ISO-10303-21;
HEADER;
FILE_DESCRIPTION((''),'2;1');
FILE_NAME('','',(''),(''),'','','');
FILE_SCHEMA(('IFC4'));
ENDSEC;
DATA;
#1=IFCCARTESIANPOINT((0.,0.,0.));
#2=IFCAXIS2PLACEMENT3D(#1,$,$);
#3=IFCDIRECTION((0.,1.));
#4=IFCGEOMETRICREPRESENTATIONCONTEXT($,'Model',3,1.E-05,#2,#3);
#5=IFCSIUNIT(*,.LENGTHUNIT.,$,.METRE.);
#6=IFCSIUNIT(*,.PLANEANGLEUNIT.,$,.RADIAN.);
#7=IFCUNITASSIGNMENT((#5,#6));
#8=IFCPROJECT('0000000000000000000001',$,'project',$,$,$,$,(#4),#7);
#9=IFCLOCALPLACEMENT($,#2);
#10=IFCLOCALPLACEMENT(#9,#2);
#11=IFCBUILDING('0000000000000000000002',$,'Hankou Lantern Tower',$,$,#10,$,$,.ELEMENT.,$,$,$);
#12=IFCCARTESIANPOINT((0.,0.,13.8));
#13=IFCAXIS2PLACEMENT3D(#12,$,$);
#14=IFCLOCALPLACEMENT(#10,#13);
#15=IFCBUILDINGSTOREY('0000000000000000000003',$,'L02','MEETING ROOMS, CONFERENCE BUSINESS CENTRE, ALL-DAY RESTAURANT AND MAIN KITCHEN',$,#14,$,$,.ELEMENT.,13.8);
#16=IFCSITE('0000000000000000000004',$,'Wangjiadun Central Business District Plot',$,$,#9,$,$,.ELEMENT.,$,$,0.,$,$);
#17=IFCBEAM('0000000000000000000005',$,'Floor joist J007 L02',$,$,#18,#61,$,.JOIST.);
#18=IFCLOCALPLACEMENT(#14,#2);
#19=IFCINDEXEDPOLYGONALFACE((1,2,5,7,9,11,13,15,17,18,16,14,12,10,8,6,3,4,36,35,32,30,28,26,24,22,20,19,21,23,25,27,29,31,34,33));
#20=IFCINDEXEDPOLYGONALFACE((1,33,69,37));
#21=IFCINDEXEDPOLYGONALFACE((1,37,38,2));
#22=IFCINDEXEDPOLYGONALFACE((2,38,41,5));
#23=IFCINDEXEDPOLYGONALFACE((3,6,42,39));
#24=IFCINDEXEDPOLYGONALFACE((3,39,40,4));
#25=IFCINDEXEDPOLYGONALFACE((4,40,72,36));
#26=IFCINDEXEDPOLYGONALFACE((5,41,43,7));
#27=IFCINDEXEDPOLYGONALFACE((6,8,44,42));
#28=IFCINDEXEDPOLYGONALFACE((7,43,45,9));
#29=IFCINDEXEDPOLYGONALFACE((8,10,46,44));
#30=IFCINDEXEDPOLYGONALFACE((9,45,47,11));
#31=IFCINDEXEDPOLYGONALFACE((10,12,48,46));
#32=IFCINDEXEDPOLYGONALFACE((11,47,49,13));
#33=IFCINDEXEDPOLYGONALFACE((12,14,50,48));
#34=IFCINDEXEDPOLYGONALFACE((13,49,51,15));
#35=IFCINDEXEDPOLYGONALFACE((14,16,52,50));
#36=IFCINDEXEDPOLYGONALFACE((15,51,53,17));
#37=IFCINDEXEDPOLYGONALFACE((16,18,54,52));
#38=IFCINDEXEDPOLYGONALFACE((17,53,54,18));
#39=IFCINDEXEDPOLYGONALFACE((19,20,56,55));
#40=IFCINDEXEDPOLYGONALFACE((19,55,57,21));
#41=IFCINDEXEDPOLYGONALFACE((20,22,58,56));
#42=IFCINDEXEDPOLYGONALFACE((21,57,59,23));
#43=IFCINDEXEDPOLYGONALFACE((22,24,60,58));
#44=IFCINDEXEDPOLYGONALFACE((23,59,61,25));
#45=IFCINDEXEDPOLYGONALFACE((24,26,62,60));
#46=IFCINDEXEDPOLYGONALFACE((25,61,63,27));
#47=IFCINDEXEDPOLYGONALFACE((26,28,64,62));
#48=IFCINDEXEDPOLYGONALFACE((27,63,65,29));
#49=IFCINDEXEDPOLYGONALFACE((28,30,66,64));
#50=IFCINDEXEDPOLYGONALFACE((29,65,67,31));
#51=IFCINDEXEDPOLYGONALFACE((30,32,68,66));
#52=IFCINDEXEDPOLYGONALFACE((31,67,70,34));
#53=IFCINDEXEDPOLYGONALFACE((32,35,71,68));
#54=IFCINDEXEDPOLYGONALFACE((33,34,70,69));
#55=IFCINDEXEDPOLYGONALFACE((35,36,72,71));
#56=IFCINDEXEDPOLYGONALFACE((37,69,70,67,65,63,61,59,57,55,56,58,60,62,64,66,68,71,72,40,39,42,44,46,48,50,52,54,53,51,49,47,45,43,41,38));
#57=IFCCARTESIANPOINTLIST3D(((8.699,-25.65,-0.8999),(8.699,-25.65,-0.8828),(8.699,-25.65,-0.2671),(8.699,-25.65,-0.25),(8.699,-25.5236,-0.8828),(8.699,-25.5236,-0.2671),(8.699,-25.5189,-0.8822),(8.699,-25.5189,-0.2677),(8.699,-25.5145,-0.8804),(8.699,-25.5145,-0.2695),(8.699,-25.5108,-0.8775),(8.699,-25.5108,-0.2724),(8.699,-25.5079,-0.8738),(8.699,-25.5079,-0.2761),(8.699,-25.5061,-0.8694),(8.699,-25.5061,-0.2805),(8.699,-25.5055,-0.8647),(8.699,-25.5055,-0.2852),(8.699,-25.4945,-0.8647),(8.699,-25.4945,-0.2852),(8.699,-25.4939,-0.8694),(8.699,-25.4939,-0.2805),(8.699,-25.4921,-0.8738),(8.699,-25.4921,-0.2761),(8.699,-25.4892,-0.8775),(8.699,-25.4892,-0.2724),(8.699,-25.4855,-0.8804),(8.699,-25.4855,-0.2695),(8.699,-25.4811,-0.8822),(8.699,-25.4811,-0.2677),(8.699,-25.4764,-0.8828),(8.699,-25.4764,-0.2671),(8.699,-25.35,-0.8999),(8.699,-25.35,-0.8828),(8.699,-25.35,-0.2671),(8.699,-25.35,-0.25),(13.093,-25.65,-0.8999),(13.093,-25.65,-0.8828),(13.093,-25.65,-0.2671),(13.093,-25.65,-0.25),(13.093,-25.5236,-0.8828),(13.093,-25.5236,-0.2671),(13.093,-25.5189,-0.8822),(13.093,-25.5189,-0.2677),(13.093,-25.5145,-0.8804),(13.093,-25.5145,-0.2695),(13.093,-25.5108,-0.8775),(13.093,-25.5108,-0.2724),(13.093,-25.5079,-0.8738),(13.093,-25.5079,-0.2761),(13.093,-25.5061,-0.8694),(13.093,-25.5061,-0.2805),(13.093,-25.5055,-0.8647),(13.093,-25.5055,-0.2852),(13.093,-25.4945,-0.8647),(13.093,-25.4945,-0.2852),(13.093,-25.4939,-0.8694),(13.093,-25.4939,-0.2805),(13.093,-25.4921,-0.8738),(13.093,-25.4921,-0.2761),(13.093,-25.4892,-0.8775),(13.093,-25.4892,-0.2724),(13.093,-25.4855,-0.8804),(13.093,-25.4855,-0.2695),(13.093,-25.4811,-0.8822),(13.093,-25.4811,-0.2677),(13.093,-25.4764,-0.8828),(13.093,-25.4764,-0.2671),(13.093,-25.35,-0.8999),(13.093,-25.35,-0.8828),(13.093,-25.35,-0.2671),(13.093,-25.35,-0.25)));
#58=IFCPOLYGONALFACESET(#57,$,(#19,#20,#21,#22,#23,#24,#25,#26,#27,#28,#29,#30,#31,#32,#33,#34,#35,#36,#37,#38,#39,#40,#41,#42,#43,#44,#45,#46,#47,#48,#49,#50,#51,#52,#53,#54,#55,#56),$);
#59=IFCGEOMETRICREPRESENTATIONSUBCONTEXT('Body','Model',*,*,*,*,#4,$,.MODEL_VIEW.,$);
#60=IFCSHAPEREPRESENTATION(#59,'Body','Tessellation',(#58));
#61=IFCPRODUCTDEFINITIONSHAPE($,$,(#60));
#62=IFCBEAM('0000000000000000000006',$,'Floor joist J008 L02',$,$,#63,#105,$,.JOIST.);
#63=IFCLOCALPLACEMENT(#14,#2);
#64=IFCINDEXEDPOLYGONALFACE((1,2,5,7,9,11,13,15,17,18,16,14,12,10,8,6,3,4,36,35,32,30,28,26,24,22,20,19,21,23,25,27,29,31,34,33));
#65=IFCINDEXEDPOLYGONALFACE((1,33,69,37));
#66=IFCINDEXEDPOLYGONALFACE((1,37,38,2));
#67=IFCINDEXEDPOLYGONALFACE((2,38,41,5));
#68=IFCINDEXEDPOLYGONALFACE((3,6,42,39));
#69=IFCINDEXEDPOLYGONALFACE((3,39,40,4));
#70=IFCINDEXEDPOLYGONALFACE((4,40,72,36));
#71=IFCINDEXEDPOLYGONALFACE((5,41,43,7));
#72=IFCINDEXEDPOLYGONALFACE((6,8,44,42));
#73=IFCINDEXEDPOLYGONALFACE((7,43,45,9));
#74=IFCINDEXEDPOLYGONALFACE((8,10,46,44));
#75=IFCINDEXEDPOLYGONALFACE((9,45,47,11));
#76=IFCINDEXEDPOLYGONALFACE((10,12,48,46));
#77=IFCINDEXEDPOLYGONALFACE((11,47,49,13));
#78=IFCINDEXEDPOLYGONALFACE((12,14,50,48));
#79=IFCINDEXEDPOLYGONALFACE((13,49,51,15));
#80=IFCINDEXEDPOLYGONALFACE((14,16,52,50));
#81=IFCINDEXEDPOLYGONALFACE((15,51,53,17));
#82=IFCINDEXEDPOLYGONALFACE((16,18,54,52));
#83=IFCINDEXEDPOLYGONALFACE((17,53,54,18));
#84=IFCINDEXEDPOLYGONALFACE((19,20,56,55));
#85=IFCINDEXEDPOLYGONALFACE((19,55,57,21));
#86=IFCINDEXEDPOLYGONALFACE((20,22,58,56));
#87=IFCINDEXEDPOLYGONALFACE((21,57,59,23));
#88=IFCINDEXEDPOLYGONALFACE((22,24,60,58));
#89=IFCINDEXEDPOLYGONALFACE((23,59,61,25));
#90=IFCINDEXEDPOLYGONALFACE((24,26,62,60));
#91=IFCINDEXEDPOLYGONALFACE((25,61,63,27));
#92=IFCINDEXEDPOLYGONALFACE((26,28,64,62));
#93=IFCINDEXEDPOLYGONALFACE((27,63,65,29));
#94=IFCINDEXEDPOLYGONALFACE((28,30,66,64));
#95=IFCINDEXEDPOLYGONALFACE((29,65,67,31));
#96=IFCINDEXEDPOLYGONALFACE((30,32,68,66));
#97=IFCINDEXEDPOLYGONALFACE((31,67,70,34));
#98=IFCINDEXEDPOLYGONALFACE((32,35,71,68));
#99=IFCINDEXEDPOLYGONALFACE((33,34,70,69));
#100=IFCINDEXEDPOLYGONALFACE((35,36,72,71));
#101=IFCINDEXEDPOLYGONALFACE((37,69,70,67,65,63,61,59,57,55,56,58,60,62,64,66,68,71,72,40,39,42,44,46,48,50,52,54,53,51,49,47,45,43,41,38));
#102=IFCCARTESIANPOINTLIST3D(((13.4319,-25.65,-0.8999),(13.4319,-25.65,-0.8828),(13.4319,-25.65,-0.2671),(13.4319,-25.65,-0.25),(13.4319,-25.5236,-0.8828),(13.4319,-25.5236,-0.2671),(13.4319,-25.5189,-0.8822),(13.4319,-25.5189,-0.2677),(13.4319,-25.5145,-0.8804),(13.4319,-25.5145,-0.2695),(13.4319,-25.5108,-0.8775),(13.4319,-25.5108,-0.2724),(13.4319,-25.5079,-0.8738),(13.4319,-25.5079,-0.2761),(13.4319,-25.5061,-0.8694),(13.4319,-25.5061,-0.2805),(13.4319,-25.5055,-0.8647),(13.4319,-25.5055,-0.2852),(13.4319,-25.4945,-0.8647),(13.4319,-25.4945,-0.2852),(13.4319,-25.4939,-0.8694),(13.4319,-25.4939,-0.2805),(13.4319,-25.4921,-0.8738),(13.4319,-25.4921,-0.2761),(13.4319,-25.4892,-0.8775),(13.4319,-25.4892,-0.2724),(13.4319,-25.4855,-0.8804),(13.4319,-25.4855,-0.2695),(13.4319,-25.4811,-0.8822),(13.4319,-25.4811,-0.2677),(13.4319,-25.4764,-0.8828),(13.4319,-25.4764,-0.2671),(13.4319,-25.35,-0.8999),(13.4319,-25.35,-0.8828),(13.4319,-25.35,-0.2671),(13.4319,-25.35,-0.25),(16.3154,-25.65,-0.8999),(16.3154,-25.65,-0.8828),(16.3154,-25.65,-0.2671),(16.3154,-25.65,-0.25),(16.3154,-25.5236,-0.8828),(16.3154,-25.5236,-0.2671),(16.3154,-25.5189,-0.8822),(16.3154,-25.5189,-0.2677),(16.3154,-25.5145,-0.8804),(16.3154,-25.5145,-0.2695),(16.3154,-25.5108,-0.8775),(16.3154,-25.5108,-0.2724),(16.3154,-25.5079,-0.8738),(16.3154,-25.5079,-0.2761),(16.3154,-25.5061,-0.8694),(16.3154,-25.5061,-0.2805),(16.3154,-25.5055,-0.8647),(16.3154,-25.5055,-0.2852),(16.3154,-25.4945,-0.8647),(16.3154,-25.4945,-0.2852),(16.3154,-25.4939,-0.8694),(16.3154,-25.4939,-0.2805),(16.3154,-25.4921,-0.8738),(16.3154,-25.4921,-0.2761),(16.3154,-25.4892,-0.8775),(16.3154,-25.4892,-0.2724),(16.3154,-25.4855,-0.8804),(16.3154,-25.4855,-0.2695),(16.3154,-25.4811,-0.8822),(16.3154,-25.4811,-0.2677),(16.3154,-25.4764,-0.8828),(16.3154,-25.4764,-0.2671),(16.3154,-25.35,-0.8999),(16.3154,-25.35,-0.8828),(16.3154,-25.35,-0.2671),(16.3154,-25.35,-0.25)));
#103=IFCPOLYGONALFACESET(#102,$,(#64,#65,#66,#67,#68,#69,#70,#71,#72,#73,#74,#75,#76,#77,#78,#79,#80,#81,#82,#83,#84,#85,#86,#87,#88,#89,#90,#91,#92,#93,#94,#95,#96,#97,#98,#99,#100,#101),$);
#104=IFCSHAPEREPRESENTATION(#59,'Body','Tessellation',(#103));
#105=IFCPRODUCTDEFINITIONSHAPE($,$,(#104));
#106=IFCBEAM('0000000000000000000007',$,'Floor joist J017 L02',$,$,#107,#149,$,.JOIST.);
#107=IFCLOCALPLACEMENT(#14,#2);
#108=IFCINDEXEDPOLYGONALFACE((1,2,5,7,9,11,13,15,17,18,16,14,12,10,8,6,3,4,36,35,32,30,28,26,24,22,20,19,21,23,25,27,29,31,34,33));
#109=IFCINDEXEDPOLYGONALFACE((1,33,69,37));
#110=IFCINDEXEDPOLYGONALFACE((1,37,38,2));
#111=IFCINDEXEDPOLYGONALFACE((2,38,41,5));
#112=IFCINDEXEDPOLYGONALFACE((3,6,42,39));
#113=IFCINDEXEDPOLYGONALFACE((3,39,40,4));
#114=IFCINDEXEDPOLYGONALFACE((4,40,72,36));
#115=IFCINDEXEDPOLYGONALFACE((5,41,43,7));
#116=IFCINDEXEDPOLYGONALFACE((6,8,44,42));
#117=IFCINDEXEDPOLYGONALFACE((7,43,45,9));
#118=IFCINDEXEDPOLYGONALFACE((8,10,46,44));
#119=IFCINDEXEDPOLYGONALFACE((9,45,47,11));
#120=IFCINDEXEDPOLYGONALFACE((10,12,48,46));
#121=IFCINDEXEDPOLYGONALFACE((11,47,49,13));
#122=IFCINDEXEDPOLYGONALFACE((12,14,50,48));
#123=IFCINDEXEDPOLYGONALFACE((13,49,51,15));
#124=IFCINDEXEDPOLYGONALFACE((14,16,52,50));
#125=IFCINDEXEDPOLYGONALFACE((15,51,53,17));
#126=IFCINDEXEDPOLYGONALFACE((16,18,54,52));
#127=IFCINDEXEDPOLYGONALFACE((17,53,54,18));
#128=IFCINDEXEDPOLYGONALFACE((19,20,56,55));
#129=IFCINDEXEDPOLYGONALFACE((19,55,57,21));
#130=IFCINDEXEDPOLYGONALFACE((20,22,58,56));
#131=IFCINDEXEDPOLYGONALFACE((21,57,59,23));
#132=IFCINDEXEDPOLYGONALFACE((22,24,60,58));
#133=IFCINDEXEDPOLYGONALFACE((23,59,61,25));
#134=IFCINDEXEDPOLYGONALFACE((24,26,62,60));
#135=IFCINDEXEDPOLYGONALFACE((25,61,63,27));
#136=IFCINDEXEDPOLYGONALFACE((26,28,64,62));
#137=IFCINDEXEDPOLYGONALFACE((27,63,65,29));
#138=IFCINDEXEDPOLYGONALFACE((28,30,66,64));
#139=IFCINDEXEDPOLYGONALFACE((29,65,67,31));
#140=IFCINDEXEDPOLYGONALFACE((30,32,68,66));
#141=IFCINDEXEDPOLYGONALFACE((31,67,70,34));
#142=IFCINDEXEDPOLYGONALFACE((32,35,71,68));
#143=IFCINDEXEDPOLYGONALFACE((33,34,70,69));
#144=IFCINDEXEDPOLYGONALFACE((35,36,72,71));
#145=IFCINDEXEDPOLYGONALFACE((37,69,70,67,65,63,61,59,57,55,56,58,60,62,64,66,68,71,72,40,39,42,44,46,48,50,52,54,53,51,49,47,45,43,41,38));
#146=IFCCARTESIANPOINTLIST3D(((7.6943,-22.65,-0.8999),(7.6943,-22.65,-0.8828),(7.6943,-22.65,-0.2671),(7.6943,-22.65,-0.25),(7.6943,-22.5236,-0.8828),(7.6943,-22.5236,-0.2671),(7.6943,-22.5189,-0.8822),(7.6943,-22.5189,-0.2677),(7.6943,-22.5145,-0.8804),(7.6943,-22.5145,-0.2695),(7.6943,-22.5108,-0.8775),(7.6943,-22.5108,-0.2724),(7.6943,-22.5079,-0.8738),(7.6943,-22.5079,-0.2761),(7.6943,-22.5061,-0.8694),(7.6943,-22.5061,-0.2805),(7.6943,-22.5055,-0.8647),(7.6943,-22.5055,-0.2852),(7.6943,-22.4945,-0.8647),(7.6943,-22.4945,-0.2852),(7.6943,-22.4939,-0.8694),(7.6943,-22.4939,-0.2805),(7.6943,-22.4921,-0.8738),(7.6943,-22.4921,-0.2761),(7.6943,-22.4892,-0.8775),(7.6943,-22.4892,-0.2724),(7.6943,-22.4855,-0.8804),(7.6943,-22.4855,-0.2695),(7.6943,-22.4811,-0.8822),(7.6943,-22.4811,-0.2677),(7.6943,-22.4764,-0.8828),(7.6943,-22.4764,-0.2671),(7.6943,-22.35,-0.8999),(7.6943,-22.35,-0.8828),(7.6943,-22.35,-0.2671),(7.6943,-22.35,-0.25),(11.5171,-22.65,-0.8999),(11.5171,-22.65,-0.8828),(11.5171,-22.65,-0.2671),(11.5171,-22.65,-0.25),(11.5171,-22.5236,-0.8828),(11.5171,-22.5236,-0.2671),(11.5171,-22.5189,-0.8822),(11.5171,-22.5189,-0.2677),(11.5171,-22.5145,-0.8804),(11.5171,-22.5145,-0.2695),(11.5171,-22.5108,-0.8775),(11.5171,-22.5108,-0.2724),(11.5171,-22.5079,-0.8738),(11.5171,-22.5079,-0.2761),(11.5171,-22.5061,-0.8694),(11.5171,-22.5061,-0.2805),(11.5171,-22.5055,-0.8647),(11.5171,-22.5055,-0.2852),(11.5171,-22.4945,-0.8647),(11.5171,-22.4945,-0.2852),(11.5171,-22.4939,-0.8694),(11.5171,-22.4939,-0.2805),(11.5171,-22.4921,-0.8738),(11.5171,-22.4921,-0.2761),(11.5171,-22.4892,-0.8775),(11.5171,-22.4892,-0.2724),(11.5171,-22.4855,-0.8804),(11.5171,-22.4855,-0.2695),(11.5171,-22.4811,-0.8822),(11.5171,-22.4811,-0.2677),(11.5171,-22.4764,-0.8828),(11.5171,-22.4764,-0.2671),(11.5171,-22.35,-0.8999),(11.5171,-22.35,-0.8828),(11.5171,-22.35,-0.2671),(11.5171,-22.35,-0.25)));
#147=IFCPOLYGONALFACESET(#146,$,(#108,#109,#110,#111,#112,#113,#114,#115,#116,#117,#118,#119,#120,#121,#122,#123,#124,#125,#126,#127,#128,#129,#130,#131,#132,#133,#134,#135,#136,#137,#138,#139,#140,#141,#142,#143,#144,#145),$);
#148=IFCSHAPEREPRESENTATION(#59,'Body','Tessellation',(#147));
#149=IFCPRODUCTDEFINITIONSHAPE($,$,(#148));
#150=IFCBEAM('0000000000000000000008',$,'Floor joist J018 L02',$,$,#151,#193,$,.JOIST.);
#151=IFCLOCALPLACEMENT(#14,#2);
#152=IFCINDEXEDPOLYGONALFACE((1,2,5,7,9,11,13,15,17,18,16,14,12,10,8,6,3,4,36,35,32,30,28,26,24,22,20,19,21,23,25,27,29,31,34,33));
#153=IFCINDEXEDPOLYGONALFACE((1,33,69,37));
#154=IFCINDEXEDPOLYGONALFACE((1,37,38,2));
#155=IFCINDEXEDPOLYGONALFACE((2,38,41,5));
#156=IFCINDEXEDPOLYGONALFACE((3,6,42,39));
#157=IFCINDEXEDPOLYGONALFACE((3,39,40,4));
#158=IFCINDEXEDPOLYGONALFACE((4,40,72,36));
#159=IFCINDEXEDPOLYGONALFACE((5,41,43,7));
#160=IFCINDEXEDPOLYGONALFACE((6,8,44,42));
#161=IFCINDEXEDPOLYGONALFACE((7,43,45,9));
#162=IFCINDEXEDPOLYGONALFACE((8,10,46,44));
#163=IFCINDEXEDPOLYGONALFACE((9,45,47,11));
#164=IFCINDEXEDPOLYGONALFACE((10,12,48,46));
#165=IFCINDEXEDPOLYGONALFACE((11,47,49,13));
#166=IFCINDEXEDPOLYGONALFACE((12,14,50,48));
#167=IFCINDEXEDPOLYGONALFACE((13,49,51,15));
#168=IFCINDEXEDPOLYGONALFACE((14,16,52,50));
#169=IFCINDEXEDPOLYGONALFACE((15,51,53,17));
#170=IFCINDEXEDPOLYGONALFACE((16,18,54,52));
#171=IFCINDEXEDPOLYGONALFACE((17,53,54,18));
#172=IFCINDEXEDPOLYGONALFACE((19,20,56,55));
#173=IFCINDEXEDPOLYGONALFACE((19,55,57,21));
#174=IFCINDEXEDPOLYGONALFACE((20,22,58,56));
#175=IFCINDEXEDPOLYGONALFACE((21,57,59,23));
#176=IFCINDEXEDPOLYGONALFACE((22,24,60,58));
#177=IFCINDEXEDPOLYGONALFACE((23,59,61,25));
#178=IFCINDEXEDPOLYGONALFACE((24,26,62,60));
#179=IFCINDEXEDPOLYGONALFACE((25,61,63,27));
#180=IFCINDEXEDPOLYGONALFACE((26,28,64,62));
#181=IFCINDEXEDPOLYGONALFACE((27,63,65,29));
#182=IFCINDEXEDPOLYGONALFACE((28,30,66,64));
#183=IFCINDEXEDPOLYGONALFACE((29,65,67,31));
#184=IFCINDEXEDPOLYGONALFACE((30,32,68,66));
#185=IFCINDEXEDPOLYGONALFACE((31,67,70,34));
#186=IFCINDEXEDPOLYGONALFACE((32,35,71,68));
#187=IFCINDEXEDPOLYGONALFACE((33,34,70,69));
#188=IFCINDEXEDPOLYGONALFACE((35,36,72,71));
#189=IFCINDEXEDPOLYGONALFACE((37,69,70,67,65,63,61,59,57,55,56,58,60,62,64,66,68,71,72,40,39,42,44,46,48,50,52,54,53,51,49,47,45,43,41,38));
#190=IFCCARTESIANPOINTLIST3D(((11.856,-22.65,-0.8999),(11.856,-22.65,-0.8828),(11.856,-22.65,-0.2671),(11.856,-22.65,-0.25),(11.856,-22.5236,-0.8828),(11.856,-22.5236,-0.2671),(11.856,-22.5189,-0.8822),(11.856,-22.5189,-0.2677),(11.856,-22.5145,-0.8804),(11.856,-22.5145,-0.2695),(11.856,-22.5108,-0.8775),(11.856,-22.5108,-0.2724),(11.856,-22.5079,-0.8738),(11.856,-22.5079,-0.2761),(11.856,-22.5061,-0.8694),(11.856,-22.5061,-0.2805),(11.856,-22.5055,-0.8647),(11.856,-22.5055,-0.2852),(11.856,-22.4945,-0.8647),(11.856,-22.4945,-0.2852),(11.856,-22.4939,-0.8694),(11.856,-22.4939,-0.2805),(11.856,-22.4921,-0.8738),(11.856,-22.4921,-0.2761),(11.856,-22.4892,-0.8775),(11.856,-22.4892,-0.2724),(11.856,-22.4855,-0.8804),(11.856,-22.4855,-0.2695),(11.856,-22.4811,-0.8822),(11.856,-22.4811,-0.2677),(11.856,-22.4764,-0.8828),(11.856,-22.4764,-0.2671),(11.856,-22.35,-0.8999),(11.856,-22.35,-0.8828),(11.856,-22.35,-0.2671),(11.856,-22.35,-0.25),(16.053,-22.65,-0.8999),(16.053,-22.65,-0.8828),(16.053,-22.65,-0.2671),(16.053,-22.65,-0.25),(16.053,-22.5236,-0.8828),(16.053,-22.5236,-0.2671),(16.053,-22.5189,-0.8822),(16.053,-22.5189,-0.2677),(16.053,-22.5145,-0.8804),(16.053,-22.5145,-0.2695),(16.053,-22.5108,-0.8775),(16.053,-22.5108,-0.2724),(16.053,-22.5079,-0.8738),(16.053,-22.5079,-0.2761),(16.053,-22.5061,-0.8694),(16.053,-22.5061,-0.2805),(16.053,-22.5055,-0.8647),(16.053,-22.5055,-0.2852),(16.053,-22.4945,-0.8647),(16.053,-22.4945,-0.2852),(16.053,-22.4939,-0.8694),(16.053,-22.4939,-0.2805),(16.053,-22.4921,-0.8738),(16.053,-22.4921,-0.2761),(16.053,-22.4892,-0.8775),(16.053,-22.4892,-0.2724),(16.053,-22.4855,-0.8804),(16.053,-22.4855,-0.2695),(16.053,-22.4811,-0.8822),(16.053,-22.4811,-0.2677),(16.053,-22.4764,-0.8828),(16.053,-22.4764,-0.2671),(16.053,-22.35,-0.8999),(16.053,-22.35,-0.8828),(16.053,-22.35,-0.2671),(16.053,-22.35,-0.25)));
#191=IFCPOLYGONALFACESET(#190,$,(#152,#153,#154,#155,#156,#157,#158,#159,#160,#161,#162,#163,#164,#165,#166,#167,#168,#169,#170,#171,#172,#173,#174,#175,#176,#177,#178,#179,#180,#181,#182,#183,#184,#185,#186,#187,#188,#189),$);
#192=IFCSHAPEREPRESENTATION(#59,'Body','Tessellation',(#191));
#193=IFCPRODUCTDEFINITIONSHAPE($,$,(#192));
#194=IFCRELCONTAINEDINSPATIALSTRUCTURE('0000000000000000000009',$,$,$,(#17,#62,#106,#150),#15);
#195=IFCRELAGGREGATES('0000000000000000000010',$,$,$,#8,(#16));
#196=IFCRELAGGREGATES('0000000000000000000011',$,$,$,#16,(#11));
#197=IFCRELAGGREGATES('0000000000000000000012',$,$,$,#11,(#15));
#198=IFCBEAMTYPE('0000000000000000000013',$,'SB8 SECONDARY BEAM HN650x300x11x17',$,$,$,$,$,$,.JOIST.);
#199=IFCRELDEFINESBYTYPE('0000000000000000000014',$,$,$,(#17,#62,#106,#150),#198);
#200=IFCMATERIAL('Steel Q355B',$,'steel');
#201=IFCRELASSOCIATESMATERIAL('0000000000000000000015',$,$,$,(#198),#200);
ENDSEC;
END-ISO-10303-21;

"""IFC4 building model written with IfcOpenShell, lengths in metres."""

from ifc_helpers import new_model, si_unit, direction, frame, origin, origin_2d, place, context, subcontext, project, spatial, i_section, extrude, material, material_profile, profile_set, type_object, element, save


model = new_model("IFC4")

# Units and contexts
model_context = context("Model", 3, precision=1e-05, world=origin(), true_north=direction((0.0, 1.0)))
body_context = subcontext(model_context, "Body", "Model", "MODEL_VIEW")
ifc_project = project(units=[si_unit("LENGTHUNIT", "METRE"), si_unit("PLANEANGLEUNIT", "RADIAN")], contexts=[model_context])

# Site, building, storey
site_placement = place(None, origin())
site = spatial("IfcSite", under=ifc_project, at=site_placement, Name="Wangjiadun Central Business District Plot", CompositionType="ELEMENT", RefElevation=0.0)
building_placement = place(site_placement, origin())
building = spatial("IfcBuilding", under=site, at=building_placement, Name="Hankou Lantern Tower", CompositionType="ELEMENT")
storey_placement = place(building_placement, frame((0.0, 0.0, 13.8)))
storey = spatial("IfcBuildingStorey", under=building, at=storey_placement, Name="L02", Description="MEETING ROOMS, CONFERENCE BUSINESS CENTRE, ALL-DAY RESTAURANT AND MAIN KITCHEN", CompositionType="ELEMENT", Elevation=13.8)

# Beams
ifc_material_1 = material(Name="Steel Q355B", Category="steel")
ifc_material_profile_1 = material_profile(ifc_material_1, i_section(OverallWidth=0.3, OverallDepth=0.6499, WebThickness=0.011, FlangeThickness=0.0171, FilletRadius=0.0181, at=origin_2d()), Name="HN650x300x11x17")
ifc_profile_set_1 = profile_set([ifc_material_profile_1], Name="Steel Q355B")
beam_type_1 = type_object("IfcBeamType", Name="SB8 SECONDARY BEAM HN650x300x11x17", PredefinedType="JOIST", material=ifc_profile_set_1)
beam_1_placement = place(storey_placement, frame((8.699, -25.5, -0.575), z_axis=(1.0, 0.0, 0.0), x_axis=(0.0, 1.0, 0.0)))
element("IfcBeam", 1, at=beam_1_placement, inside=storey, type_object=beam_type_1, Name="Floor joist J007 L02", PredefinedType="JOIST", context=body_context, shape_type="SweptSolid", body=[
    extrude(i_section(OverallWidth=0.3, OverallDepth=0.6499, WebThickness=0.011, FlangeThickness=0.0171, FilletRadius=0.0181, at=origin_2d()), origin(), (0.0, 0.0, 1.0), 4.394),
])
beam_2_placement = place(storey_placement, frame((13.4319, -25.5, -0.575), z_axis=(1.0, 0.0, 0.0), x_axis=(0.0, 1.0, 0.0)))
element("IfcBeam", 2, at=beam_2_placement, inside=storey, type_object=beam_type_1, Name="Floor joist J008 L02", PredefinedType="JOIST", context=body_context, shape_type="SweptSolid", body=[
    extrude(i_section(OverallWidth=0.3, OverallDepth=0.6499, WebThickness=0.011, FlangeThickness=0.0171, FilletRadius=0.0181, at=origin_2d()), origin(), (0.0, 0.0, 1.0), 2.8835),
])
beam_3_placement = place(storey_placement, frame((7.6943, -22.5, -0.575), z_axis=(1.0, 0.0, 0.0), x_axis=(0.0, 1.0, 0.0)))
element("IfcBeam", 3, at=beam_3_placement, inside=storey, type_object=beam_type_1, Name="Floor joist J017 L02", PredefinedType="JOIST", context=body_context, shape_type="SweptSolid", body=[
    extrude(i_section(OverallWidth=0.3, OverallDepth=0.6499, WebThickness=0.011, FlangeThickness=0.0171, FilletRadius=0.0181, at=origin_2d()), origin(), (0.0, 0.0, 1.0), 3.8228),
])
beam_4_placement = place(storey_placement, frame((11.856, -22.5, -0.575), z_axis=(1.0, 0.0, 0.0), x_axis=(0.0, 1.0, 0.0)))
element("IfcBeam", 4, at=beam_4_placement, inside=storey, type_object=beam_type_1, Name="Floor joist J018 L02", PredefinedType="JOIST", context=body_context, shape_type="SweptSolid", body=[
    extrude(i_section(OverallWidth=0.3, OverallDepth=0.6499, WebThickness=0.011, FlangeThickness=0.0171, FilletRadius=0.0181, at=origin_2d()), origin(), (0.0, 0.0, 1.0), 4.197),
])

save(model, "model.ifc")
